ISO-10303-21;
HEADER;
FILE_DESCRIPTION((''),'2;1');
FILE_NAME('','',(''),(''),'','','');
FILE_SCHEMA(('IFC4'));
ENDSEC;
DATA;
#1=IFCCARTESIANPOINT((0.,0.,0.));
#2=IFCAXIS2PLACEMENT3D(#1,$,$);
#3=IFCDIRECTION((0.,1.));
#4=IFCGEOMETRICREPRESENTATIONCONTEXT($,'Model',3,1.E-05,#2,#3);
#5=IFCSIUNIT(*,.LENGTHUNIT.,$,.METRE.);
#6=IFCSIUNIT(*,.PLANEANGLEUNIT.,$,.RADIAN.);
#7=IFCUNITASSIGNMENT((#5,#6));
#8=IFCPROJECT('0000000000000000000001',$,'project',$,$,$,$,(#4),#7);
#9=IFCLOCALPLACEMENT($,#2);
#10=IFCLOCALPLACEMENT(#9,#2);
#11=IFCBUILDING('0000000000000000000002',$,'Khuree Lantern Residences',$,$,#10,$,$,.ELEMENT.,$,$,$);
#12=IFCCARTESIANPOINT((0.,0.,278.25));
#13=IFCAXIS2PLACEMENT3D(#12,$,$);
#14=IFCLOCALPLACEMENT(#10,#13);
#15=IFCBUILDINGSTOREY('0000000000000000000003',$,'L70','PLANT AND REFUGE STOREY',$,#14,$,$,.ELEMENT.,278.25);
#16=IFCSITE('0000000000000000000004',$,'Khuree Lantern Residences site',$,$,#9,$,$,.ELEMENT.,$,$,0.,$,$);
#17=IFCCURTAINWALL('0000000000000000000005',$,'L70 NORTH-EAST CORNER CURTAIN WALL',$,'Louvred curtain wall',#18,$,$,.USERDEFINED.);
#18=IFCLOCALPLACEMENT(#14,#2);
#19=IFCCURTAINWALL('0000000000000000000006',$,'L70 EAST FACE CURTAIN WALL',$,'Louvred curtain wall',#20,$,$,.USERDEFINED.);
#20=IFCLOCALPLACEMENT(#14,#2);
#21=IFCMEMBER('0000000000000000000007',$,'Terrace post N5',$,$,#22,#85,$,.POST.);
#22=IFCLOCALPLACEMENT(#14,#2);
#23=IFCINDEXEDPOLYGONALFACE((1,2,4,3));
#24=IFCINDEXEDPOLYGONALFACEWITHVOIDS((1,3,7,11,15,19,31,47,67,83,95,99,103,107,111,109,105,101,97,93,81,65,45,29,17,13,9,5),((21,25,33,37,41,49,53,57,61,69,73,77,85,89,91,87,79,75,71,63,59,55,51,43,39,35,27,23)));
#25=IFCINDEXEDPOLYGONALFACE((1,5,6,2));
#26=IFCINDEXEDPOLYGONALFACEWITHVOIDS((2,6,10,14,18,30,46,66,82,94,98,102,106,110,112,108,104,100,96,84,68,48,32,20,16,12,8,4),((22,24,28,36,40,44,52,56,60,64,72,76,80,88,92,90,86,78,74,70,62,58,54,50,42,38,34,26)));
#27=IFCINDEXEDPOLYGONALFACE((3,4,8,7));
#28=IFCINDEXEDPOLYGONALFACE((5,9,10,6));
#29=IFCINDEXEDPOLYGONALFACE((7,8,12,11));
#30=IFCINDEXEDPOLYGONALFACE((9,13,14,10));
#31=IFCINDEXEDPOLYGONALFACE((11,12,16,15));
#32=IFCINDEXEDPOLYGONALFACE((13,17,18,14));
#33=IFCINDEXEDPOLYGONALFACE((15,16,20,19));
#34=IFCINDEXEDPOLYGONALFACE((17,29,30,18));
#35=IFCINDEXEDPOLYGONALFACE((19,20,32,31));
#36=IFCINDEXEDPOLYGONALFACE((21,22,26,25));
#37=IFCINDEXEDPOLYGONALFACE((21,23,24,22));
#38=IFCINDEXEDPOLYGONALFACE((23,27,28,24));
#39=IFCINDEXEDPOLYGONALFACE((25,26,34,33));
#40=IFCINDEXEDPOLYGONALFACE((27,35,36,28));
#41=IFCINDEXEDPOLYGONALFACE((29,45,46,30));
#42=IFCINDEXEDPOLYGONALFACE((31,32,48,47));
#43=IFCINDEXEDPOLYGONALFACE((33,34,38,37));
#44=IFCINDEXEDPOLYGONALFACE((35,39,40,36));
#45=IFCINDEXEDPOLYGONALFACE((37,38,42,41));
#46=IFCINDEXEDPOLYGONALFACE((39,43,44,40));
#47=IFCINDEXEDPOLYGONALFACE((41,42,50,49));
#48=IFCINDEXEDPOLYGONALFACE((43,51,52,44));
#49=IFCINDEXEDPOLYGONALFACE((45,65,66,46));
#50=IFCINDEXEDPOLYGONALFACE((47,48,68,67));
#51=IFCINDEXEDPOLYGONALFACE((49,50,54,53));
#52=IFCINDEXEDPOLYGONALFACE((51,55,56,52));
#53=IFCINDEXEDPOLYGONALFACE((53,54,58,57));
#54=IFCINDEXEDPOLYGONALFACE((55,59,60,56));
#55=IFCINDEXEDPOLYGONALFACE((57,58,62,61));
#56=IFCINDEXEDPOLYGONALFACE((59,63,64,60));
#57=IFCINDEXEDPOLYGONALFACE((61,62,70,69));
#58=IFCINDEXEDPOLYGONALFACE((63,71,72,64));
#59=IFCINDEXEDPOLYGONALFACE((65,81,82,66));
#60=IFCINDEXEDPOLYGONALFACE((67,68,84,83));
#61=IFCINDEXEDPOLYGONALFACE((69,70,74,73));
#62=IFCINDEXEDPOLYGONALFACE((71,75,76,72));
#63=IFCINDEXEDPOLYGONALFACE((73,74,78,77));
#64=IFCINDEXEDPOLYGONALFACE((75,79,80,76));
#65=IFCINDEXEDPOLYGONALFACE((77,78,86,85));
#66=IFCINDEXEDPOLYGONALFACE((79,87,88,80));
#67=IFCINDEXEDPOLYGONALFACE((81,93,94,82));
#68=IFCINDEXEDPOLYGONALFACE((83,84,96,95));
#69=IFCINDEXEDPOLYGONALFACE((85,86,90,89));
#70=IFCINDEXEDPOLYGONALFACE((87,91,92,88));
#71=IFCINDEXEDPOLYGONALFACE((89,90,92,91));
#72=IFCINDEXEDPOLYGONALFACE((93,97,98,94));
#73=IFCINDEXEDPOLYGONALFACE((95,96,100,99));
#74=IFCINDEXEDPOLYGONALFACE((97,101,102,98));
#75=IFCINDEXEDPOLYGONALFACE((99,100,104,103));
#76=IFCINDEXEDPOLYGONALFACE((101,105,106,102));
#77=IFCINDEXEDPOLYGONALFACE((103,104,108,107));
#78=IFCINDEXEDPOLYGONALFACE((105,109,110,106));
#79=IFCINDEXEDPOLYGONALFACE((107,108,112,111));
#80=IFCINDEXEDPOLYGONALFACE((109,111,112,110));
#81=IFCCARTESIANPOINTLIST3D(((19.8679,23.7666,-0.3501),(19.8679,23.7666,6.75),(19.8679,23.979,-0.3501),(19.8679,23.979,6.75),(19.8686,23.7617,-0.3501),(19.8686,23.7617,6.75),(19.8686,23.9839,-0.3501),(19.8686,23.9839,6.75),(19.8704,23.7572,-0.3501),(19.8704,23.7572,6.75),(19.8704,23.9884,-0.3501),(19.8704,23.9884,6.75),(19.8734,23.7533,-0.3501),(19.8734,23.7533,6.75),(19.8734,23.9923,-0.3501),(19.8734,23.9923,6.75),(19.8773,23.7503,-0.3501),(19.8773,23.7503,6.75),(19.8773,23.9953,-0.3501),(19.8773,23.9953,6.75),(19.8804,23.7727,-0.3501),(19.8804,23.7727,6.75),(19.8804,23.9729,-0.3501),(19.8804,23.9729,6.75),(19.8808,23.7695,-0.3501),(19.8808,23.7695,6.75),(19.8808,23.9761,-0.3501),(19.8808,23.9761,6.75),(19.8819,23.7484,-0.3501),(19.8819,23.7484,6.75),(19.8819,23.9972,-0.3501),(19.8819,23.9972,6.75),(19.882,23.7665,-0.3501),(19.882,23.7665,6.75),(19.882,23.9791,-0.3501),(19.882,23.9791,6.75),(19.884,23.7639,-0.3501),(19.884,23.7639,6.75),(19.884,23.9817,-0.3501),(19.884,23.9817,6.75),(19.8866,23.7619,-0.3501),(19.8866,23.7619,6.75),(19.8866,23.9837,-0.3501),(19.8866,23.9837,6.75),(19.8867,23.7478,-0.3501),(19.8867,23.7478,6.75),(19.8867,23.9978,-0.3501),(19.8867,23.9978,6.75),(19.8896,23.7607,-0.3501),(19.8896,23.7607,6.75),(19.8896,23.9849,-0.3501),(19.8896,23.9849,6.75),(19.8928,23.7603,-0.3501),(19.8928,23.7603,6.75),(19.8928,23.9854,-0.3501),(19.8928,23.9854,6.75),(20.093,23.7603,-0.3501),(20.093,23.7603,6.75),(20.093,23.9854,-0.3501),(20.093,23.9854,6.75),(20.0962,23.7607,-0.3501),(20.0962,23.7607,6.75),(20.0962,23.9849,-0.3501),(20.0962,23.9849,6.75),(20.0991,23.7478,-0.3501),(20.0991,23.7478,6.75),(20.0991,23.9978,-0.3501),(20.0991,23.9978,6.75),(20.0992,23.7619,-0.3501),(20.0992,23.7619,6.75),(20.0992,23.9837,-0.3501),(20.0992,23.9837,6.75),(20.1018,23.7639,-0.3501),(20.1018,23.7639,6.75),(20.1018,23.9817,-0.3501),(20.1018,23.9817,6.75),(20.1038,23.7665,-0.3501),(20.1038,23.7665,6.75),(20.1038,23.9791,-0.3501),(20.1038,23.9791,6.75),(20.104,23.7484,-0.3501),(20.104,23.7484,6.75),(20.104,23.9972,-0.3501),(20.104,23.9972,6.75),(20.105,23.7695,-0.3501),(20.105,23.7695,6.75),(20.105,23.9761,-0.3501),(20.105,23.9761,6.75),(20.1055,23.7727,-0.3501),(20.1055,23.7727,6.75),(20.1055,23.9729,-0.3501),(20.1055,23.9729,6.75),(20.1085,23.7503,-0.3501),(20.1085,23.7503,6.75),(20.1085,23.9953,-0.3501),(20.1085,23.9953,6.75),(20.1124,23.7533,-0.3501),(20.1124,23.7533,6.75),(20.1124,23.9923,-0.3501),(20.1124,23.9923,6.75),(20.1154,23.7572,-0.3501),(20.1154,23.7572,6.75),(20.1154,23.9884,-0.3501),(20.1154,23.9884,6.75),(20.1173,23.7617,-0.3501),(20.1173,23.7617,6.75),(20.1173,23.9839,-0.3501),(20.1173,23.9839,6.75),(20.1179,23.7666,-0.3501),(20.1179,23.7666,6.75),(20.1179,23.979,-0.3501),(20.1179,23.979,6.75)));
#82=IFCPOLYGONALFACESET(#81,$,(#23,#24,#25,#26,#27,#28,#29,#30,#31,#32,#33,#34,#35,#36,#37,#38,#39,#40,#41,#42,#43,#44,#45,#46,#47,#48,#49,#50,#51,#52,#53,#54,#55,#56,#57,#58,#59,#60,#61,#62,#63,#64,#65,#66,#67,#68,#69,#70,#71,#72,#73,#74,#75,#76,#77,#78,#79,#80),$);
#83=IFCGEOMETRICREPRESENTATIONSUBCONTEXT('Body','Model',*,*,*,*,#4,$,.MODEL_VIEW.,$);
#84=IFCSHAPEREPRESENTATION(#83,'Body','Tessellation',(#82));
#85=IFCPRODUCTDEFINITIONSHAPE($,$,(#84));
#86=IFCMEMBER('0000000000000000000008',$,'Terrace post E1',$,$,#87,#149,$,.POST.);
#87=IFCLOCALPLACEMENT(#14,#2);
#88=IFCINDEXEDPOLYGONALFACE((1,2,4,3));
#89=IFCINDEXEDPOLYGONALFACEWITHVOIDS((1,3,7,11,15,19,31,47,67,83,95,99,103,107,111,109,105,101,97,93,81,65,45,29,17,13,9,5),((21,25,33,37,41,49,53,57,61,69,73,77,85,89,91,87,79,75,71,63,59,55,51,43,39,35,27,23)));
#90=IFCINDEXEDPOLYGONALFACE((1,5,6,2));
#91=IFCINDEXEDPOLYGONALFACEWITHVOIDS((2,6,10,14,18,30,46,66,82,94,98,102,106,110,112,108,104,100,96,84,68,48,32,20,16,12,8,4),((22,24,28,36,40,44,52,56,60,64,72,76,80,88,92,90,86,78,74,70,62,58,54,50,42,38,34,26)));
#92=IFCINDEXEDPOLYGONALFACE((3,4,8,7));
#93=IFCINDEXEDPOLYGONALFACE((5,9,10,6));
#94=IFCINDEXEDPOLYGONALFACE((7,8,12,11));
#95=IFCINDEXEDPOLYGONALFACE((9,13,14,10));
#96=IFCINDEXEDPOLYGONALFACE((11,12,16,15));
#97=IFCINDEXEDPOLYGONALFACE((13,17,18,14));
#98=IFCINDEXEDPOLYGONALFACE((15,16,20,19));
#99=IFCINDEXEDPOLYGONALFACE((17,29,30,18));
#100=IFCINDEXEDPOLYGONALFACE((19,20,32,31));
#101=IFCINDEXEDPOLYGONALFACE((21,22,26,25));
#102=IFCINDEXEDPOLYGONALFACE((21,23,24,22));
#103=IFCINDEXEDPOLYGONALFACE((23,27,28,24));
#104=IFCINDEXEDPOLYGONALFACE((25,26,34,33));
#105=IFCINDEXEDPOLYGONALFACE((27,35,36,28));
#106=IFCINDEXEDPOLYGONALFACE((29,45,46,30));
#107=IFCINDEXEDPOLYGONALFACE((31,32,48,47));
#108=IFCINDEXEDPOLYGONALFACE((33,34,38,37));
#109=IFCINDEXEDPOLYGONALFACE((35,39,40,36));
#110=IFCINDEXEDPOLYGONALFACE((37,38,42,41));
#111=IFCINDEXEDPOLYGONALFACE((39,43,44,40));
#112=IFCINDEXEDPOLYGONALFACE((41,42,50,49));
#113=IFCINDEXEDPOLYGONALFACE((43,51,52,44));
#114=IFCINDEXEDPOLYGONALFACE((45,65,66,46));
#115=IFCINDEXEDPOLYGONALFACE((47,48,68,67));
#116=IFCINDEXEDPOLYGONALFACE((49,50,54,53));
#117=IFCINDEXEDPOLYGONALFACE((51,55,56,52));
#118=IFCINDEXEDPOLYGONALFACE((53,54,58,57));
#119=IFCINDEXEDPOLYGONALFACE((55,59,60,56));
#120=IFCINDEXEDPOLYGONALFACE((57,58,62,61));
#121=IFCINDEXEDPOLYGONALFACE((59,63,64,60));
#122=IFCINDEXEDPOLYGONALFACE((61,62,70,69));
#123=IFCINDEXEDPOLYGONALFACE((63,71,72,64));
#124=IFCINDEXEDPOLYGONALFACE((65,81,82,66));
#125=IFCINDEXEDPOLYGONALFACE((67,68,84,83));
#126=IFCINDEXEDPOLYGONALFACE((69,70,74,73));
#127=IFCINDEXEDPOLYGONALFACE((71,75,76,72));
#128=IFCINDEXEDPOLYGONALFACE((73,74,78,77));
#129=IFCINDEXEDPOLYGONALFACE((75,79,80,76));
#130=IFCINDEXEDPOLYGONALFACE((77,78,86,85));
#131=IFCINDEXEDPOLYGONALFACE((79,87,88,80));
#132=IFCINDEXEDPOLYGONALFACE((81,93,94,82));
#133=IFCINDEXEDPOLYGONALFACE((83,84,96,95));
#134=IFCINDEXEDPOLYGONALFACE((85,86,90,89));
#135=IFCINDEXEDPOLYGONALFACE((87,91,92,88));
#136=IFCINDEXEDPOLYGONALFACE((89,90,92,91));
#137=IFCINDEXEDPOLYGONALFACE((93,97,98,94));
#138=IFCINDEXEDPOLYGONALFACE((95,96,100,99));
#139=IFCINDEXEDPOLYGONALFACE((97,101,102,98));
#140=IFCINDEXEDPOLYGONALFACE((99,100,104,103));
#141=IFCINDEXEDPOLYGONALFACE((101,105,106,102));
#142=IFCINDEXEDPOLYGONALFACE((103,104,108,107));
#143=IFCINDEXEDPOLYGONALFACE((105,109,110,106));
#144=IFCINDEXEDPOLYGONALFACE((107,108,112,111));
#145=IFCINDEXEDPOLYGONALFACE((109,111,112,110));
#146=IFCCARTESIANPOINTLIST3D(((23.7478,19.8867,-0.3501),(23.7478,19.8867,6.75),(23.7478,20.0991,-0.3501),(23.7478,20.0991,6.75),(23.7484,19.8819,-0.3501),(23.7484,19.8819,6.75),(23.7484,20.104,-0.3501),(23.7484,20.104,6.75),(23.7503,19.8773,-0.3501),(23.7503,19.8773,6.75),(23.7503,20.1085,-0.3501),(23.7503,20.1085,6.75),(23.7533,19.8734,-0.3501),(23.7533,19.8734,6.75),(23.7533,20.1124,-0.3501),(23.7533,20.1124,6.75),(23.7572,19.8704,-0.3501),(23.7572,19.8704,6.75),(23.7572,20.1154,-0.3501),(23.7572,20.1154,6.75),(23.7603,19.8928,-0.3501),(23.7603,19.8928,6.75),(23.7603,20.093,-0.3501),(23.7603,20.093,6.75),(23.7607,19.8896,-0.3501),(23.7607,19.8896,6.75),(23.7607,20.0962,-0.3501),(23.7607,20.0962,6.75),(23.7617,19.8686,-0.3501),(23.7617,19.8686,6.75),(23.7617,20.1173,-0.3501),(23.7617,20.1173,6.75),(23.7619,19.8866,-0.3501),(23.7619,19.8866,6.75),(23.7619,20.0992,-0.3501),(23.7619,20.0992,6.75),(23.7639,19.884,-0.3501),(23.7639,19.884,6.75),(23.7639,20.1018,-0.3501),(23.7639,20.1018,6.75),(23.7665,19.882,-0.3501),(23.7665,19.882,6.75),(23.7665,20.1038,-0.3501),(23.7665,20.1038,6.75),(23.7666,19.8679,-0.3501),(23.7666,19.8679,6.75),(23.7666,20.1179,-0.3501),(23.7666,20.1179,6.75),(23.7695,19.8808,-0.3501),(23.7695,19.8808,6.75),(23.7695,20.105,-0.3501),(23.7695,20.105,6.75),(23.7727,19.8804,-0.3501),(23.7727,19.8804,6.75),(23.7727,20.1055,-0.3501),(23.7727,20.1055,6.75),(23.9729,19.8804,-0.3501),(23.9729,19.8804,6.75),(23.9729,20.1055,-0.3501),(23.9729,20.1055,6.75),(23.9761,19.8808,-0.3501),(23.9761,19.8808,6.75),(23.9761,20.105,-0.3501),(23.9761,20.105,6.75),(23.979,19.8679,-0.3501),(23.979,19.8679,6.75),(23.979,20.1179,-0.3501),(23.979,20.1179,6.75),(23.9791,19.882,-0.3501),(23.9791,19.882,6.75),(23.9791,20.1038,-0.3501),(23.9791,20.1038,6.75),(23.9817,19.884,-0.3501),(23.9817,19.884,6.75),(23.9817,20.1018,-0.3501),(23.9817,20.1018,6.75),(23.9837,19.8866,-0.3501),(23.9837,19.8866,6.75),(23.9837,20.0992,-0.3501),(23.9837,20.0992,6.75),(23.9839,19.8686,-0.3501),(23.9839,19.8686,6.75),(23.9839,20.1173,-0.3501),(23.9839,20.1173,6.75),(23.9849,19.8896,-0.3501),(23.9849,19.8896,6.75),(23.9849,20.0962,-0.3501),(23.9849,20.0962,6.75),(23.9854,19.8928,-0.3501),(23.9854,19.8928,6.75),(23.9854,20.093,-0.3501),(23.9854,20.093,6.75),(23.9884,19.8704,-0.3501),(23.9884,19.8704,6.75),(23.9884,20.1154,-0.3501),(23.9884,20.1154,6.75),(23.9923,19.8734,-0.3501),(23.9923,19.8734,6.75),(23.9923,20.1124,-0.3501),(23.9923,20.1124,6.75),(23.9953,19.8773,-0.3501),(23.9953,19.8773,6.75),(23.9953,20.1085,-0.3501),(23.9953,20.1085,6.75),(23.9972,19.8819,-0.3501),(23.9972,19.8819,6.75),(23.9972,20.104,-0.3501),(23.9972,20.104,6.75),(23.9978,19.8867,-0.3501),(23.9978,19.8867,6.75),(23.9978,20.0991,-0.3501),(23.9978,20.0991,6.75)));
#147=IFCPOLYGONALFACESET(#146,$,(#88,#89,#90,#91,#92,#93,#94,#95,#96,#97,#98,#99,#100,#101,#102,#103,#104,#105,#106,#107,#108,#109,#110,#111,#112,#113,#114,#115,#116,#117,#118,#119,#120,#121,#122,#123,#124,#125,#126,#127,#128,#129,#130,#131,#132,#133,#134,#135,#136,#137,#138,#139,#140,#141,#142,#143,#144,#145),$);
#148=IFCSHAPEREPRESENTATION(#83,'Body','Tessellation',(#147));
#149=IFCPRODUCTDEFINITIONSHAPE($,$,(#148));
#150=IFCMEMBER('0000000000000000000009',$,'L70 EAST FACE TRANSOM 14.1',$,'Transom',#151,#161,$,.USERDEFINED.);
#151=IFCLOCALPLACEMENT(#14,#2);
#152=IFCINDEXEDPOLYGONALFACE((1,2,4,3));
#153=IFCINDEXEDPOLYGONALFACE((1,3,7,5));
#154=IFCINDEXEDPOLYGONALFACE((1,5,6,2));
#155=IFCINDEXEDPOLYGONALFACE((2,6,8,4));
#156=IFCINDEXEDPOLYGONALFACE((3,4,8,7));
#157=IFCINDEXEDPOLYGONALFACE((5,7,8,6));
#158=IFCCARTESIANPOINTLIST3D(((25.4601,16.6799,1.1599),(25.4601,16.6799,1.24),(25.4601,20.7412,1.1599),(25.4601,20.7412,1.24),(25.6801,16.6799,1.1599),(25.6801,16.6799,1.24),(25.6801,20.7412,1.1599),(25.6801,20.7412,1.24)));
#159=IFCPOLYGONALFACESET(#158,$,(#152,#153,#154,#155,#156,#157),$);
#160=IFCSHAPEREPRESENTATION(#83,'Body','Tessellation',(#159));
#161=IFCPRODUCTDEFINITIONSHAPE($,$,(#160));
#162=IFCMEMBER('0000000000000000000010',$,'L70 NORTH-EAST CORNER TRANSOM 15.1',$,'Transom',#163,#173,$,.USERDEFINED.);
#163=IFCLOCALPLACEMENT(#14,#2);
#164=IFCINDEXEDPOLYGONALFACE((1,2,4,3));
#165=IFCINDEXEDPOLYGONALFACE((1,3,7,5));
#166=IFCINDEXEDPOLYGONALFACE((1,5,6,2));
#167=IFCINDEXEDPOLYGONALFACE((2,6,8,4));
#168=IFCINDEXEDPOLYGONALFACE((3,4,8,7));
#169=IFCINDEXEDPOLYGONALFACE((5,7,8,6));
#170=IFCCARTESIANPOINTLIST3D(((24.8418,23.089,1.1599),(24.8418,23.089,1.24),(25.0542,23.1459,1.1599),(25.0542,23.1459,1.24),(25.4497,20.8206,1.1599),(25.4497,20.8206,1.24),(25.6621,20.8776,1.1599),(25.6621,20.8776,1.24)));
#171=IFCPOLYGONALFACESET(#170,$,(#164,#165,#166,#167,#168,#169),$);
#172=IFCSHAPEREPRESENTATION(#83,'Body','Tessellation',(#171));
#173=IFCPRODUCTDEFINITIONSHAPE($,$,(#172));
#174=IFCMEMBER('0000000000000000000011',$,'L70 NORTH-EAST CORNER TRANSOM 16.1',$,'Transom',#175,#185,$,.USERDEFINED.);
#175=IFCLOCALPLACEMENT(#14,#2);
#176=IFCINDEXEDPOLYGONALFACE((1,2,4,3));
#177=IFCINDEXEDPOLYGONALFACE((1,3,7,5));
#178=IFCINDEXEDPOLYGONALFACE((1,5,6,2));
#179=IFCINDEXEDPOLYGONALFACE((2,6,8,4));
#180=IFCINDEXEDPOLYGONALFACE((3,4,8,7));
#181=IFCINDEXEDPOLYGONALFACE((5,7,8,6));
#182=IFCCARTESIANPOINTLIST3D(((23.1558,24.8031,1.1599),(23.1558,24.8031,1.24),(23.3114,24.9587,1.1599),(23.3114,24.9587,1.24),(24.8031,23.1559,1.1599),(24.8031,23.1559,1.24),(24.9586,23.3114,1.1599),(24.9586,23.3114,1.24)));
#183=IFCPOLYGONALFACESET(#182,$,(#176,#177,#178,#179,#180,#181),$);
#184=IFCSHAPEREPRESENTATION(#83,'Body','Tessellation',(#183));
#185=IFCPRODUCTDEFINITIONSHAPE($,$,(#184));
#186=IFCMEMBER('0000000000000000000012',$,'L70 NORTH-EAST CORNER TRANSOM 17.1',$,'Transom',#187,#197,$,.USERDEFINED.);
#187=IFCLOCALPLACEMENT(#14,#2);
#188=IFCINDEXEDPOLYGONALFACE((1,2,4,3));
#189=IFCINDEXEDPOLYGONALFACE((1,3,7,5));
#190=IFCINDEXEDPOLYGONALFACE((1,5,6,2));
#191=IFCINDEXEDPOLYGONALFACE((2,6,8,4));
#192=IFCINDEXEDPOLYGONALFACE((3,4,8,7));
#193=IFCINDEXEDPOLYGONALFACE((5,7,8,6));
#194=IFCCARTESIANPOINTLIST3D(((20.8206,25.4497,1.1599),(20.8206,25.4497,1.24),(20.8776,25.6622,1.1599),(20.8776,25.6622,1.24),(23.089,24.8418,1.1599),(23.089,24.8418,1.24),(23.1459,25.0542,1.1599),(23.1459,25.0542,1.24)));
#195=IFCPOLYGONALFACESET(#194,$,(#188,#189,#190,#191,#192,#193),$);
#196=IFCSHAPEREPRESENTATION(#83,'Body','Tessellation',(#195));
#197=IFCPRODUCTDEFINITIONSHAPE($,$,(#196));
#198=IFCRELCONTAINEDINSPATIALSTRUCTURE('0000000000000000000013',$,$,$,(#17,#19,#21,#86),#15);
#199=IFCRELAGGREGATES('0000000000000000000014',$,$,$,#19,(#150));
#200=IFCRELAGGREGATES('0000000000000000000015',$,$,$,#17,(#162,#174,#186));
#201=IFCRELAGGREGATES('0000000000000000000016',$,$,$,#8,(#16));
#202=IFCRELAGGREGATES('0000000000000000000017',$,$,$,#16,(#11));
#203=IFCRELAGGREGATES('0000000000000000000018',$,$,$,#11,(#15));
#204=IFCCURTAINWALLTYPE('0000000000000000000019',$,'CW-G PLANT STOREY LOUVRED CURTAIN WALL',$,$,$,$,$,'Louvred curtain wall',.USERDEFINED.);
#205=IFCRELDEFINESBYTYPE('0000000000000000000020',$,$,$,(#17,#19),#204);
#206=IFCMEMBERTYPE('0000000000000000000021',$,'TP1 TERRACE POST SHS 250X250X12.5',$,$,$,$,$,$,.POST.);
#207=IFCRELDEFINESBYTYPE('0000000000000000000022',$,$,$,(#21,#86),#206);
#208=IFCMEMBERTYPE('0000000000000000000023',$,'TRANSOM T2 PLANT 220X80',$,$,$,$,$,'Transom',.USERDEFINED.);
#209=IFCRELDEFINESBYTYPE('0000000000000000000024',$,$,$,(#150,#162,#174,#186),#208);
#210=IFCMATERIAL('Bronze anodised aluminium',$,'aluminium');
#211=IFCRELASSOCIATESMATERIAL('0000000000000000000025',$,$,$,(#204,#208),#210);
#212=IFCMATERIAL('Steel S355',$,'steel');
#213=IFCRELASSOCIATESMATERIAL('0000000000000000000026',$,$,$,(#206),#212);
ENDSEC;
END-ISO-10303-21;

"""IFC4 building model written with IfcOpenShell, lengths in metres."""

from ifc_helpers import new_model, si_unit, direction, frame, origin, origin_2d, place, context, subcontext, project, spatial, rectangle, hollow_rectangle, extrude, material, material_profile, profile_set, type_object, element, aggregate, save


model = new_model("IFC4")

# Units and contexts
model_context = context("Model", 3, precision=1e-05, world=origin(), true_north=direction((0.0, 1.0)))
body_context = subcontext(model_context, "Body", "Model", "MODEL_VIEW")
ifc_project = project(units=[si_unit("LENGTHUNIT", "METRE"), si_unit("PLANEANGLEUNIT", "RADIAN")], contexts=[model_context])

# Site, building, storey
site_placement = place(None, origin())
site = spatial("IfcSite", under=ifc_project, at=site_placement, Name="Khuree Lantern Residences site", CompositionType="ELEMENT", RefElevation=0.0)
building_placement = place(site_placement, origin())
building = spatial("IfcBuilding", under=site, at=building_placement, Name="Khuree Lantern Residences", CompositionType="ELEMENT")
storey_placement = place(building_placement, frame((0.0, 0.0, 278.25)))
storey = spatial("IfcBuildingStorey", under=building, at=storey_placement, Name="L70", Description="PLANT AND REFUGE STOREY", CompositionType="ELEMENT", Elevation=278.25)

# Shared definitions
ifc_material_1 = material(Name="Steel S355", Category="steel")

# Curtain wall
ifc_material_2 = material(Name="Bronze anodised aluminium", Category="aluminium")
curtain_wall_type = type_object("IfcCurtainWallType", Name="CW-G PLANT STOREY LOUVRED CURTAIN WALL", ElementType="Louvred curtain wall", PredefinedType="USERDEFINED", material=ifc_material_2)
curtain_wall_1_placement = place(storey_placement, origin())
curtain_wall_1 = element("IfcCurtainWall", 1, at=curtain_wall_1_placement, inside=storey, type_object=curtain_wall_type, Name="L70 NORTH-EAST CORNER CURTAIN WALL", ObjectType="Louvred curtain wall", PredefinedType="USERDEFINED")

# Curtain wall
curtain_wall_2_placement = place(storey_placement, origin())
curtain_wall_2 = element("IfcCurtainWall", 2, at=curtain_wall_2_placement, inside=storey, type_object=curtain_wall_type, Name="L70 EAST FACE CURTAIN WALL", ObjectType="Louvred curtain wall", PredefinedType="USERDEFINED")

# Members
ifc_material_profile_1 = material_profile(ifc_material_1, hollow_rectangle(XDim=0.25, YDim=0.25, WallThickness=0.0125, InnerFilletRadius=0.0125, OuterFilletRadius=0.0188, at=origin_2d()), Name="SHS 250X250X12.5")
ifc_profile_set_1 = profile_set([ifc_material_profile_1], Name="Steel S355")
member_type_1 = type_object("IfcMemberType", Name="TP1 TERRACE POST SHS 250X250X12.5", PredefinedType="POST", material=ifc_profile_set_1)
for number, where, z_axis, x_axis, name in (
    (3, (19.9929, 23.8728, -0.3501), (0.0, 0.0, 1.0), (1.0, 0.0, 0.0), "Terrace post N5"),
    (4, (23.8728, 19.9929, -0.3501), (0.0, 0.0, 1.0), (1.0, 0.0, 0.0), "Terrace post E1"),
):
    element("IfcMember", number, at=place(storey_placement, frame(where, z_axis=z_axis, x_axis=x_axis)), inside=storey, type_object=member_type_1, Name=name, PredefinedType="POST", context=body_context, shape_type="SweptSolid", body=[
        extrude(hollow_rectangle(XDim=0.25, YDim=0.25, WallThickness=0.0125, InnerFilletRadius=0.0125, OuterFilletRadius=0.0188, at=origin_2d()), origin(), (0.0, 0.0, 1.0), 7.1001),
    ])

# Members
ifc_material_profile_2 = material_profile(ifc_material_2, rectangle(XDim=0.22, YDim=0.0801, at=origin_2d()), Name="T2 220X80")
ifc_profile_set_2 = profile_set([ifc_material_profile_2], Name="Bronze anodised aluminium")
member_type_2 = type_object("IfcMemberType", Name="TRANSOM T2 PLANT 220X80", ElementType="Transom", PredefinedType="USERDEFINED", material=ifc_profile_set_2)
member_1_placement = place(storey_placement, frame((25.5701, 16.6799, 1.2), z_axis=(0.0, 1.0, 0.0), x_axis=(-1.0, 0.0, 0.0)))
member_1 = element("IfcMember", 5, at=member_1_placement, type_object=member_type_2, Name="L70 EAST FACE TRANSOM 14.1", ObjectType="Transom", PredefinedType="USERDEFINED", context=body_context, shape_type="SweptSolid", body=[
    extrude(rectangle(XDim=0.22, YDim=0.0801, at=origin_2d()), origin(), (0.0, 0.0, 1.0), 4.0613),
])
member_2_placement = place(storey_placement, frame((25.5559, 20.8491, 1.2), z_axis=(-0.258866, 0.965913, 0.0), x_axis=(-0.965913, -0.258866, 0.0)))
member_2 = element("IfcMember", 6, at=member_2_placement, type_object=member_type_2, Name="L70 NORTH-EAST CORNER TRANSOM 15.1", ObjectType="Transom", PredefinedType="USERDEFINED", context=body_context, shape_type="SweptSolid", body=[
    extrude(rectangle(XDim=0.22, YDim=0.0801, at=origin_2d()), origin(), (0.0, 0.0, 1.0), 2.3484),
])
member_3_placement = place(storey_placement, frame((24.8809, 23.2336, 1.2), z_axis=(-0.707107, 0.707107, 0.0), x_axis=(-0.707107, -0.707107, 0.0)))
member_3 = element("IfcMember", 7, at=member_3_placement, type_object=member_type_2, Name="L70 NORTH-EAST CORNER TRANSOM 16.1", ObjectType="Transom", PredefinedType="USERDEFINED", context=body_context, shape_type="SweptSolid", body=[
    extrude(rectangle(XDim=0.22, YDim=0.0801, at=origin_2d()), origin(), (0.0, 0.0, 1.0), 2.3296),
])
member_4_placement = place(storey_placement, frame((23.1174, 24.948, 1.2), z_axis=(-0.965913, 0.258866, 0.0), x_axis=(-0.258866, -0.965913, 0.0)))
member_4 = element("IfcMember", 8, at=member_4_placement, type_object=member_type_2, Name="L70 NORTH-EAST CORNER TRANSOM 17.1", ObjectType="Transom", PredefinedType="USERDEFINED", context=body_context, shape_type="SweptSolid", body=[
    extrude(rectangle(XDim=0.22, YDim=0.0801, at=origin_2d()), origin(), (0.0, 0.0, 1.0), 2.3484),
])

aggregate(curtain_wall_2, [member_1])
aggregate(curtain_wall_1, [member_2, member_3, member_4])

save(model, "model.ifc")
